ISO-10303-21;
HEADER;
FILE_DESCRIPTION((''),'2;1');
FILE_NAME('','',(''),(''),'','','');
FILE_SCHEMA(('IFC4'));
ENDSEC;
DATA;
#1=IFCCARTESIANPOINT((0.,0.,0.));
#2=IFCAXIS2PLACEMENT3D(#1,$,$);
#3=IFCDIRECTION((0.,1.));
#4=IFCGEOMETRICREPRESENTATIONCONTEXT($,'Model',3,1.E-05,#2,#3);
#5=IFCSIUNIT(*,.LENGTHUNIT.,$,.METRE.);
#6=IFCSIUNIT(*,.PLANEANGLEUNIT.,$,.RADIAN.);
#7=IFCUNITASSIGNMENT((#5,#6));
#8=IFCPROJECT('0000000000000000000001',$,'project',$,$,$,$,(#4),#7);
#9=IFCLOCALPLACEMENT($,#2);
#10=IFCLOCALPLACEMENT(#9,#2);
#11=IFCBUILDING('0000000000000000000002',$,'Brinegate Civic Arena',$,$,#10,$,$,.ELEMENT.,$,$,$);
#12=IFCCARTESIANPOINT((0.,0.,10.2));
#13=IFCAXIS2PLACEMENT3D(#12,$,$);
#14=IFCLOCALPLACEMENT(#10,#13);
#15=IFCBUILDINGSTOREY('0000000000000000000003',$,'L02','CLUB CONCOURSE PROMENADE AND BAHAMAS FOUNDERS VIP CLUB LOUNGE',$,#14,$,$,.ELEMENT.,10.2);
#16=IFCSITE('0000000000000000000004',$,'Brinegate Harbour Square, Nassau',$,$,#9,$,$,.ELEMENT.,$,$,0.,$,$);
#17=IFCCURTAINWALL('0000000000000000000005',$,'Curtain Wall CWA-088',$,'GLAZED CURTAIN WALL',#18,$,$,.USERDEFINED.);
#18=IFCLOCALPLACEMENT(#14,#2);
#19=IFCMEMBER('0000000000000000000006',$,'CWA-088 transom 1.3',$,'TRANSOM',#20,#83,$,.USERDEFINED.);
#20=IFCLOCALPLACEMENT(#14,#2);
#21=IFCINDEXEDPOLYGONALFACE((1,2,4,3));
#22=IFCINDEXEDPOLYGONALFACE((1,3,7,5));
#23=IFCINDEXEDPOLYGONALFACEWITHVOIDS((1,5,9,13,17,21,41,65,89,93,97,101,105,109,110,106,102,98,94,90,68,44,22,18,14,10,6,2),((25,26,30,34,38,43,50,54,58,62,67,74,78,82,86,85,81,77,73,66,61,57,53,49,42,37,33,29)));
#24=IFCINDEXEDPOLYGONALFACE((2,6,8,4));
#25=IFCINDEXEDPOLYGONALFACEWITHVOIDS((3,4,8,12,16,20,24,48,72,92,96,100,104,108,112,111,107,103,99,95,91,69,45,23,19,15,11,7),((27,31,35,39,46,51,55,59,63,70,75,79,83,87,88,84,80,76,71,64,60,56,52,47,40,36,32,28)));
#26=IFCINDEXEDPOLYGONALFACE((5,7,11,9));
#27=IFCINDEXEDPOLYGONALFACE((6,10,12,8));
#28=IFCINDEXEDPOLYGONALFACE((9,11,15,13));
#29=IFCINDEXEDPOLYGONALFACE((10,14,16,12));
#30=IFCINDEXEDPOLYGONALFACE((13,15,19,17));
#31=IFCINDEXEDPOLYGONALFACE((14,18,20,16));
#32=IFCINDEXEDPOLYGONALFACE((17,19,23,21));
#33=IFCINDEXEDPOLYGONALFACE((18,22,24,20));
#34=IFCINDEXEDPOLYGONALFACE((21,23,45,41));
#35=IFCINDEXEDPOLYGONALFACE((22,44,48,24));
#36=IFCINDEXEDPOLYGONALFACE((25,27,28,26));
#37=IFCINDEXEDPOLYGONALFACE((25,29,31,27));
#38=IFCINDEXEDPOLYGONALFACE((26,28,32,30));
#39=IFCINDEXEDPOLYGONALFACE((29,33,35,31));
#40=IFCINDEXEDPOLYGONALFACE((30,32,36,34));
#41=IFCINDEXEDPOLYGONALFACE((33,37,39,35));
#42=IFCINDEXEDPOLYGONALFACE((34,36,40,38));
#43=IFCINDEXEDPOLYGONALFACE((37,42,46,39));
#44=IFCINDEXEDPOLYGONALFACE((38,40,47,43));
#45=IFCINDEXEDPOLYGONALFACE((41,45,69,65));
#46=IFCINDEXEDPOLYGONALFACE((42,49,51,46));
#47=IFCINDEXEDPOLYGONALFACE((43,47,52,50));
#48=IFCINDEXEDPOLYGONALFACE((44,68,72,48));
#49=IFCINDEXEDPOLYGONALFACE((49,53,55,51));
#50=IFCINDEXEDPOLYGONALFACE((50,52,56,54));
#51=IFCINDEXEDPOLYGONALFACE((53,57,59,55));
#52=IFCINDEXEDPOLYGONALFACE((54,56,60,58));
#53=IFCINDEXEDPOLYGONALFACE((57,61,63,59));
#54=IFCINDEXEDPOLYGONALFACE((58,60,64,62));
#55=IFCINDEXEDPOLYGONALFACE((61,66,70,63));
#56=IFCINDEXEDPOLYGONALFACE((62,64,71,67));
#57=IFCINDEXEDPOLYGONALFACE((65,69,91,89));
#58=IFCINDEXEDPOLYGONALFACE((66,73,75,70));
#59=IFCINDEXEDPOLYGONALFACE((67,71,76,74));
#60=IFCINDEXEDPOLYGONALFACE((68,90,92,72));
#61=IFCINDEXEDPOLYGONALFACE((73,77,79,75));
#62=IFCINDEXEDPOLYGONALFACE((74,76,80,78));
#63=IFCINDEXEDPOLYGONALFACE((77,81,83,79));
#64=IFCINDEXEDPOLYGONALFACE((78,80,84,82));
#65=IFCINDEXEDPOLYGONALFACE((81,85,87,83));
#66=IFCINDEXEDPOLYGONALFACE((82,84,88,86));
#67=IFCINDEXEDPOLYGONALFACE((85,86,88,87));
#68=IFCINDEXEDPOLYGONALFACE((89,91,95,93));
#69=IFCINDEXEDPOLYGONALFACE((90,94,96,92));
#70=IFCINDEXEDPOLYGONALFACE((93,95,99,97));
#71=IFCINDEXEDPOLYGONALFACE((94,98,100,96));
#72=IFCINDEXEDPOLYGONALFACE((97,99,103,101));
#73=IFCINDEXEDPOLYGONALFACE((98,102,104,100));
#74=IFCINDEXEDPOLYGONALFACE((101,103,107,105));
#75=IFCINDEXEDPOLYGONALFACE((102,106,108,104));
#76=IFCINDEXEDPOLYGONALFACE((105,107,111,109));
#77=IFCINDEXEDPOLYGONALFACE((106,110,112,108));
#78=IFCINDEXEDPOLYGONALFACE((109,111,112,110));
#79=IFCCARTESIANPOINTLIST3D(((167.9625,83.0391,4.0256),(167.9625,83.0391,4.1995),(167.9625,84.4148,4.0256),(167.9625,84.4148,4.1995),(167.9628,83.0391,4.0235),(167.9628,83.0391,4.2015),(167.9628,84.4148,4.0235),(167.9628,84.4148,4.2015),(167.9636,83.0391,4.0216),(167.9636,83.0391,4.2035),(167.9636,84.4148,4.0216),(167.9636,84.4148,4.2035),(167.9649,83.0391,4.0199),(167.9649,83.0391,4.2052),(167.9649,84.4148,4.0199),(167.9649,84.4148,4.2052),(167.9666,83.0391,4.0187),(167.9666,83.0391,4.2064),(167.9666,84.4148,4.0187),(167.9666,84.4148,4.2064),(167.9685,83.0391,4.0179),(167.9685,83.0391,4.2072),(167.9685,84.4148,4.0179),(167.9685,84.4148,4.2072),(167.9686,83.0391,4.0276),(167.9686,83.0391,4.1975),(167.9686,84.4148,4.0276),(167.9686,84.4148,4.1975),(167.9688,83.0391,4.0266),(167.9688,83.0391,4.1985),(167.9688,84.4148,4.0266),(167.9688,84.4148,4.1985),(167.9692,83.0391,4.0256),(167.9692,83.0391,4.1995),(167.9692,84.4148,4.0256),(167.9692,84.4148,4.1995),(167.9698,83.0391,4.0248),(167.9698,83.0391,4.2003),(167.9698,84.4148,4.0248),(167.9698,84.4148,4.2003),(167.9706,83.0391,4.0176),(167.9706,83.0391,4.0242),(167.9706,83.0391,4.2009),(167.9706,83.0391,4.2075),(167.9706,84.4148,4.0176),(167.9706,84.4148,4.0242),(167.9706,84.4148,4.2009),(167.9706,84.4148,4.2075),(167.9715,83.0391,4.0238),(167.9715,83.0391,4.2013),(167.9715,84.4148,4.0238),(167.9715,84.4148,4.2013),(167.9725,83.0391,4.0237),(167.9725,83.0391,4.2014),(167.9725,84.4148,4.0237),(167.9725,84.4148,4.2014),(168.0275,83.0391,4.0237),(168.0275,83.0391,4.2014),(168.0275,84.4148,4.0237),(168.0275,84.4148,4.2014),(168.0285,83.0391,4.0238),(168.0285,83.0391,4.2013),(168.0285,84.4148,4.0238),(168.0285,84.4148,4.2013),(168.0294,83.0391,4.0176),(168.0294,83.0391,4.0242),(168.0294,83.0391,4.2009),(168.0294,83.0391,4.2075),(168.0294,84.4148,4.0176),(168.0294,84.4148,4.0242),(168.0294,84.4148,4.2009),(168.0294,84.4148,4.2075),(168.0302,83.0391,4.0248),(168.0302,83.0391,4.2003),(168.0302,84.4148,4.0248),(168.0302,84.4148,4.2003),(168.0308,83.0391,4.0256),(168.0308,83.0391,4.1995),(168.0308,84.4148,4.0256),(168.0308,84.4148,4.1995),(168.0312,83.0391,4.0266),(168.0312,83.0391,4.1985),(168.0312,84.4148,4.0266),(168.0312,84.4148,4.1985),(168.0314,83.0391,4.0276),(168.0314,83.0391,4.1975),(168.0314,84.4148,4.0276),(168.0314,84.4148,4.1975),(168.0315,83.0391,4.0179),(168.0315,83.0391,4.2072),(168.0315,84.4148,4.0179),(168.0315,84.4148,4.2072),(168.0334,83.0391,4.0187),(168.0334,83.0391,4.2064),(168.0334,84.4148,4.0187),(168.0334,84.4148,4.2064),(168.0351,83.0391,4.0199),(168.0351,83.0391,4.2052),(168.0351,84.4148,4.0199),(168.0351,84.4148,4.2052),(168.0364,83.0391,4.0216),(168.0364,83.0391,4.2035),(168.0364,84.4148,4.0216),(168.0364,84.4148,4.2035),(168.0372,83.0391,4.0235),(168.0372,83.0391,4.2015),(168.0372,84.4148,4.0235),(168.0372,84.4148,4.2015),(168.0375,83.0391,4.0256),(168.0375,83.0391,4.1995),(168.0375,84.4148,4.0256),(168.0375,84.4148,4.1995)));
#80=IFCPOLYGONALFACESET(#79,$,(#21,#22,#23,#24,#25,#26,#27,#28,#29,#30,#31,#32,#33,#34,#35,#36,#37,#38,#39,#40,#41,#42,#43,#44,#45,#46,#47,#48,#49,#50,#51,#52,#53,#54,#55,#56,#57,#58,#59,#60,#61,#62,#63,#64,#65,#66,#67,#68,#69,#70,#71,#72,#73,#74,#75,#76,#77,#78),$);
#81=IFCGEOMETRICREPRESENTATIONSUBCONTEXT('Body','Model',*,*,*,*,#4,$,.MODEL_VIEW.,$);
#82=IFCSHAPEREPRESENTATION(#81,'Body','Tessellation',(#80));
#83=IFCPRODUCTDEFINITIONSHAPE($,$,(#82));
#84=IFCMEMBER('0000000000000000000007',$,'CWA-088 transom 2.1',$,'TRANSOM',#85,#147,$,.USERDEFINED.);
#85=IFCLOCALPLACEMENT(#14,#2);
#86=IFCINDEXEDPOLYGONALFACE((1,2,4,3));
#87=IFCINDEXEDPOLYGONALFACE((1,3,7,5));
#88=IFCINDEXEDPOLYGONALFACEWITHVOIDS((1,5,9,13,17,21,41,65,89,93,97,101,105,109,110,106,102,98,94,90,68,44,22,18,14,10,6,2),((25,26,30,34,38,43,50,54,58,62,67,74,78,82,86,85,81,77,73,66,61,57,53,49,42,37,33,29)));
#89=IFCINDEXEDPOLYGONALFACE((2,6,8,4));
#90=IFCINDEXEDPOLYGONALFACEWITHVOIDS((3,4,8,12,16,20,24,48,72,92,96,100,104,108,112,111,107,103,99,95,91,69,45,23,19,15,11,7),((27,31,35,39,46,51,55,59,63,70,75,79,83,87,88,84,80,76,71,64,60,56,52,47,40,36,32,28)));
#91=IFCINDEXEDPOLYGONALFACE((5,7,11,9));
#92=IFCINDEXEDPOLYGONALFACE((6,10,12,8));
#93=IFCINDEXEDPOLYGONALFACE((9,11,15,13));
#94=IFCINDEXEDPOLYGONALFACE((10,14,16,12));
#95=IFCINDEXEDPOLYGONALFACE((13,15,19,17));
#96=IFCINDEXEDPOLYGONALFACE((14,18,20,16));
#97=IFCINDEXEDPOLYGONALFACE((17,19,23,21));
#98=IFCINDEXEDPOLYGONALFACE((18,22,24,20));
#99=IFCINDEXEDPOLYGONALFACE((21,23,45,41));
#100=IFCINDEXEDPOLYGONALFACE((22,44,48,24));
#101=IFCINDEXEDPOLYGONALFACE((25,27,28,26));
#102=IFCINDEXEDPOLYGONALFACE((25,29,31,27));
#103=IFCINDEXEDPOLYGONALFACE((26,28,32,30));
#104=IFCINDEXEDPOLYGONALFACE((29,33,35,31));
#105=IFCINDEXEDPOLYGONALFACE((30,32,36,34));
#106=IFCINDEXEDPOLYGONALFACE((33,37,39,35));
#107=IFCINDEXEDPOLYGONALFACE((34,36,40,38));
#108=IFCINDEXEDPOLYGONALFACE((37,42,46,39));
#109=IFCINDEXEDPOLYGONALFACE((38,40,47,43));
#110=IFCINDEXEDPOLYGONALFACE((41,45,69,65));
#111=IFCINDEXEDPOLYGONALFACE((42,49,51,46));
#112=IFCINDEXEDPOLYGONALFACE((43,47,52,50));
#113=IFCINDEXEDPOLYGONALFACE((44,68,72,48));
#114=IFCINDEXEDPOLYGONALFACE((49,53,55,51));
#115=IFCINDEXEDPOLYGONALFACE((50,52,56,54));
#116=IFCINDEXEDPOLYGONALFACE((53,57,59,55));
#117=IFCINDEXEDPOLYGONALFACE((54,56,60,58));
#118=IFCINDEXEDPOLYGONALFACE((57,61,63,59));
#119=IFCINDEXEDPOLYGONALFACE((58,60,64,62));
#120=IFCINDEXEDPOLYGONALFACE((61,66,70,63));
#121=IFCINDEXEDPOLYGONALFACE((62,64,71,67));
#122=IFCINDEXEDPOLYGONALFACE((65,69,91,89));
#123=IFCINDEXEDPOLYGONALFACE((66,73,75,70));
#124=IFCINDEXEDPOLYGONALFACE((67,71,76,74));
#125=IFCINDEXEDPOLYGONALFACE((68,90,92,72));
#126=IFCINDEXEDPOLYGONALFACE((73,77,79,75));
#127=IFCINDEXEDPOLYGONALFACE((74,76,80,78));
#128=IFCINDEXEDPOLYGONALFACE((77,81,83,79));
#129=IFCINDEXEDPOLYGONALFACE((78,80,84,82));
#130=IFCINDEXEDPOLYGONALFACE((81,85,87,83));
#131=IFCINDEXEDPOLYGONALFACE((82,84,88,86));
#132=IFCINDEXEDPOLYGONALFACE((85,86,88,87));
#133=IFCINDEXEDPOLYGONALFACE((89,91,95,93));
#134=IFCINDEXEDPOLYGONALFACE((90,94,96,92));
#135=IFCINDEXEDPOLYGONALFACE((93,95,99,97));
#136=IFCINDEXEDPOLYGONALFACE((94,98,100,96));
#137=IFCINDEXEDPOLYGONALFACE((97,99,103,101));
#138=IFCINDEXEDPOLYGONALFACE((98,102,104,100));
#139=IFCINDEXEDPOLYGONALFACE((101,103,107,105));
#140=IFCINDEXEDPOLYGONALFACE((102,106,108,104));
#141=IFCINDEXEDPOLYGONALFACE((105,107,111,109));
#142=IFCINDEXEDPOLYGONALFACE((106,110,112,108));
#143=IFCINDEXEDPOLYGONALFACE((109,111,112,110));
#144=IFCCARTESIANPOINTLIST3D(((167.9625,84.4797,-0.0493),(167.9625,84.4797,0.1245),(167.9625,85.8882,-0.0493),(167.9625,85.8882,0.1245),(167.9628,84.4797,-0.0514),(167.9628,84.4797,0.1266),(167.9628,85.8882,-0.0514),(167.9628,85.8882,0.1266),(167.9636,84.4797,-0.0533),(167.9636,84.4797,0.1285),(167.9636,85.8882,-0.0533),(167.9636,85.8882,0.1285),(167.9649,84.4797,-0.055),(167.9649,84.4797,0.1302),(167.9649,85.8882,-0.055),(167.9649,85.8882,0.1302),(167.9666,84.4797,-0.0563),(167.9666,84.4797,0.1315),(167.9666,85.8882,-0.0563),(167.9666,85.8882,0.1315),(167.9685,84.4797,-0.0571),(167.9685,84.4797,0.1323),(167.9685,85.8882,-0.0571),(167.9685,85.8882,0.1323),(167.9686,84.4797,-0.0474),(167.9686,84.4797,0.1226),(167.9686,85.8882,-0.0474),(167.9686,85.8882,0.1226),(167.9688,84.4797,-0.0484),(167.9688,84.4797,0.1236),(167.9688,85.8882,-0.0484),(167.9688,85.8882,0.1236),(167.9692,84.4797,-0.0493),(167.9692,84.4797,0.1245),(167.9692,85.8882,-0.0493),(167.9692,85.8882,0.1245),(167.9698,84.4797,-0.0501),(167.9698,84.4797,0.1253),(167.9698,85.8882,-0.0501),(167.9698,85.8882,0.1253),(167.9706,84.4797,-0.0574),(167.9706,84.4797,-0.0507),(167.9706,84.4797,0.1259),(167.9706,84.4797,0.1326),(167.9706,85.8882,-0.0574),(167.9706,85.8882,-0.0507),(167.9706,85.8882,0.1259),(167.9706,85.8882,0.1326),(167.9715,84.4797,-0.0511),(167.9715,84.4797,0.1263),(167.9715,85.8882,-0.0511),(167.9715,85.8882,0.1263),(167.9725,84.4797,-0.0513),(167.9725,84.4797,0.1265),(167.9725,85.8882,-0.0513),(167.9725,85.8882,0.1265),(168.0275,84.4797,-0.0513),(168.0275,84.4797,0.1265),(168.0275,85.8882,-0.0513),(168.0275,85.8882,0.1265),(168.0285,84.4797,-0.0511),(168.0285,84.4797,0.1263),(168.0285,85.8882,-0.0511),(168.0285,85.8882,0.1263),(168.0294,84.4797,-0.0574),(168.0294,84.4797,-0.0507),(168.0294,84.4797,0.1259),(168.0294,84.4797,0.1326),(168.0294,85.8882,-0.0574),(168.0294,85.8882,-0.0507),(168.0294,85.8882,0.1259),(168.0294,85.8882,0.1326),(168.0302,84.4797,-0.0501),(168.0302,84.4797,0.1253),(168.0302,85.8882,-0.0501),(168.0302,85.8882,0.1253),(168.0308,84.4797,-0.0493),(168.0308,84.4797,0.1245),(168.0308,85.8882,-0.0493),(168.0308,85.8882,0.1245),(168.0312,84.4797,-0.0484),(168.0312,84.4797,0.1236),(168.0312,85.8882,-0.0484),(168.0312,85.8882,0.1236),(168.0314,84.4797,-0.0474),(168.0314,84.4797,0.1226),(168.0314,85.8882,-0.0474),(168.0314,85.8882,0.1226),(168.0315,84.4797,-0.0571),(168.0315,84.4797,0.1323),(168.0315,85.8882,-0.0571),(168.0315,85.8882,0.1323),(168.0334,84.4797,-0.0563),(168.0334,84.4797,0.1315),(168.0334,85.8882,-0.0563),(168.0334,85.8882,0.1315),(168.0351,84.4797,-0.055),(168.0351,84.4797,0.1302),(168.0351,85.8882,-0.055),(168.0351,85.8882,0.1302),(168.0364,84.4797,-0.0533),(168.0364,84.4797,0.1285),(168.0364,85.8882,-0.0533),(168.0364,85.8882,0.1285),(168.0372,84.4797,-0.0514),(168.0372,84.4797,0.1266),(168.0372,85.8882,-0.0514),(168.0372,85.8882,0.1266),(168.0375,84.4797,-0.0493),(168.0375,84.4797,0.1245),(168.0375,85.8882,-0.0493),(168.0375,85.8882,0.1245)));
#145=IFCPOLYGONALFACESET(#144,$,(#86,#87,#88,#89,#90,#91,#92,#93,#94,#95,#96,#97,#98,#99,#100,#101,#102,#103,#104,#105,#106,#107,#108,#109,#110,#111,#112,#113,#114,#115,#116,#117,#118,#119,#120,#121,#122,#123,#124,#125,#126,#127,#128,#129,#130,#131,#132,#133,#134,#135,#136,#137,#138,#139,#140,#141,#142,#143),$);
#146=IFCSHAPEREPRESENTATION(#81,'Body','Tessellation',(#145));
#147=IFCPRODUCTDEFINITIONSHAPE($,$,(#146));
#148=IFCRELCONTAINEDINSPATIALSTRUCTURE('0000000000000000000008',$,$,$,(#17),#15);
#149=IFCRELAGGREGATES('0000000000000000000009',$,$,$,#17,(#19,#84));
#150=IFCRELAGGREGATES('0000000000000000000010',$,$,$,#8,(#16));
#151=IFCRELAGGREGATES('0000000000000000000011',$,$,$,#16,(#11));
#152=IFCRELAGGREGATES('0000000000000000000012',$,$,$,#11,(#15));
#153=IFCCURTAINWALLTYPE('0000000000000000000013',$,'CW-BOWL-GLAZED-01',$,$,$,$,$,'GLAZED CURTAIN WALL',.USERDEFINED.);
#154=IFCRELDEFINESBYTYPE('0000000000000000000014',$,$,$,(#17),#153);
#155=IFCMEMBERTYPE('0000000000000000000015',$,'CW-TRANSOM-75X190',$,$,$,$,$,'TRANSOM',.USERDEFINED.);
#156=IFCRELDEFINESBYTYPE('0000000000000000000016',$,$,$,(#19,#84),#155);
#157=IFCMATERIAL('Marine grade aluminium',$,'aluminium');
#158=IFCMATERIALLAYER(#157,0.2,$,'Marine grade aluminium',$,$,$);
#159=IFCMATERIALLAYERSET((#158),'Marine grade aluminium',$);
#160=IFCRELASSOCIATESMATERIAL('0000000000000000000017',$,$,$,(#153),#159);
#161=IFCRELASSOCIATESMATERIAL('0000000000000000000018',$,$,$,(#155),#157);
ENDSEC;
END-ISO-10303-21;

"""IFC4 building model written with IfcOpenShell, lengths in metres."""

from ifc_helpers import new_model, si_unit, direction, frame, origin, origin_2d, place, context, subcontext, project, spatial, hollow_rectangle, extrude, material, layer, layer_set, material_profile, profile_set, type_object, element, aggregate, save


model = new_model("IFC4")

# Units and contexts
model_context = context("Model", 3, precision=1e-05, world=origin(), true_north=direction((0.0, 1.0)))
body_context = subcontext(model_context, "Body", "Model", "MODEL_VIEW")
ifc_project = project(units=[si_unit("LENGTHUNIT", "METRE"), si_unit("PLANEANGLEUNIT", "RADIAN")], contexts=[model_context])

# Site, building, storey
site_placement = place(None, origin())
site = spatial("IfcSite", under=ifc_project, at=site_placement, Name="Brinegate Harbour Square, Nassau", CompositionType="ELEMENT", RefElevation=0.0)
building_placement = place(site_placement, origin())
building = spatial("IfcBuilding", under=site, at=building_placement, Name="Brinegate Civic Arena", CompositionType="ELEMENT")
storey_placement = place(building_placement, frame((0.0, 0.0, 10.2)))
storey = spatial("IfcBuildingStorey", under=building, at=storey_placement, Name="L02", Description="CLUB CONCOURSE PROMENADE AND BAHAMAS FOUNDERS VIP CLUB LOUNGE", CompositionType="ELEMENT", Elevation=10.2)

# Curtain wall, members
ifc_material_1 = material(Name="Marine grade aluminium", Category="aluminium")
ifc_layer_1 = layer(ifc_material_1, 0.2, Name="Marine grade aluminium")
ifc_layer_set_1 = layer_set([ifc_layer_1], Name="Marine grade aluminium")
curtain_wall_type = type_object("IfcCurtainWallType", Name="CW-BOWL-GLAZED-01", ElementType="GLAZED CURTAIN WALL", PredefinedType="USERDEFINED", material=ifc_layer_set_1)
curtain_wall_placement = place(storey_placement, origin())
curtain_wall = element("IfcCurtainWall", 1, at=curtain_wall_placement, inside=storey, type_object=curtain_wall_type, Name="Curtain Wall CWA-088", ObjectType="GLAZED CURTAIN WALL", PredefinedType="USERDEFINED")
ifc_material_profile_1 = material_profile(ifc_material_1, hollow_rectangle(XDim=0.075, YDim=0.1899, WallThickness=0.0061, InnerFilletRadius=0.0039, OuterFilletRadius=0.0081, at=origin_2d()), Name="TRN75X190")
ifc_profile_set_1 = profile_set([ifc_material_profile_1], Name="Marine grade aluminium")
member_type_1 = type_object("IfcMemberType", Name="CW-TRANSOM-75X190", ElementType="TRANSOM", PredefinedType="USERDEFINED", material=ifc_profile_set_1)
member_1_placement = place(storey_placement, frame((168.0, 83.0391, 4.1125), z_axis=(0.0, 1.0, 0.0), x_axis=(-1.0, 0.0, 0.0)))
member_1 = element("IfcMember", 2, at=member_1_placement, type_object=member_type_1, Name="CWA-088 transom 1.3", ObjectType="TRANSOM", PredefinedType="USERDEFINED", context=body_context, shape_type="SweptSolid", body=[
    extrude(hollow_rectangle(XDim=0.075, YDim=0.1899, WallThickness=0.0061, InnerFilletRadius=0.0039, OuterFilletRadius=0.0081, at=origin_2d()), origin(), (0.0, 0.0, 1.0), 1.3757),
])
member_2_placement = place(storey_placement, frame((168.0, 84.4797, 0.0376), z_axis=(0.0, 1.0, 0.0), x_axis=(-1.0, 0.0, 0.0)))
member_2 = element("IfcMember", 3, at=member_2_placement, type_object=member_type_1, Name="CWA-088 transom 2.1", ObjectType="TRANSOM", PredefinedType="USERDEFINED", context=body_context, shape_type="SweptSolid", body=[
    extrude(hollow_rectangle(XDim=0.075, YDim=0.1899, WallThickness=0.0061, InnerFilletRadius=0.0039, OuterFilletRadius=0.0081, at=origin_2d()), origin(), (0.0, 0.0, 1.0), 1.4084),
])

aggregate(curtain_wall, [member_1, member_2])

save(model, "model.ifc")
